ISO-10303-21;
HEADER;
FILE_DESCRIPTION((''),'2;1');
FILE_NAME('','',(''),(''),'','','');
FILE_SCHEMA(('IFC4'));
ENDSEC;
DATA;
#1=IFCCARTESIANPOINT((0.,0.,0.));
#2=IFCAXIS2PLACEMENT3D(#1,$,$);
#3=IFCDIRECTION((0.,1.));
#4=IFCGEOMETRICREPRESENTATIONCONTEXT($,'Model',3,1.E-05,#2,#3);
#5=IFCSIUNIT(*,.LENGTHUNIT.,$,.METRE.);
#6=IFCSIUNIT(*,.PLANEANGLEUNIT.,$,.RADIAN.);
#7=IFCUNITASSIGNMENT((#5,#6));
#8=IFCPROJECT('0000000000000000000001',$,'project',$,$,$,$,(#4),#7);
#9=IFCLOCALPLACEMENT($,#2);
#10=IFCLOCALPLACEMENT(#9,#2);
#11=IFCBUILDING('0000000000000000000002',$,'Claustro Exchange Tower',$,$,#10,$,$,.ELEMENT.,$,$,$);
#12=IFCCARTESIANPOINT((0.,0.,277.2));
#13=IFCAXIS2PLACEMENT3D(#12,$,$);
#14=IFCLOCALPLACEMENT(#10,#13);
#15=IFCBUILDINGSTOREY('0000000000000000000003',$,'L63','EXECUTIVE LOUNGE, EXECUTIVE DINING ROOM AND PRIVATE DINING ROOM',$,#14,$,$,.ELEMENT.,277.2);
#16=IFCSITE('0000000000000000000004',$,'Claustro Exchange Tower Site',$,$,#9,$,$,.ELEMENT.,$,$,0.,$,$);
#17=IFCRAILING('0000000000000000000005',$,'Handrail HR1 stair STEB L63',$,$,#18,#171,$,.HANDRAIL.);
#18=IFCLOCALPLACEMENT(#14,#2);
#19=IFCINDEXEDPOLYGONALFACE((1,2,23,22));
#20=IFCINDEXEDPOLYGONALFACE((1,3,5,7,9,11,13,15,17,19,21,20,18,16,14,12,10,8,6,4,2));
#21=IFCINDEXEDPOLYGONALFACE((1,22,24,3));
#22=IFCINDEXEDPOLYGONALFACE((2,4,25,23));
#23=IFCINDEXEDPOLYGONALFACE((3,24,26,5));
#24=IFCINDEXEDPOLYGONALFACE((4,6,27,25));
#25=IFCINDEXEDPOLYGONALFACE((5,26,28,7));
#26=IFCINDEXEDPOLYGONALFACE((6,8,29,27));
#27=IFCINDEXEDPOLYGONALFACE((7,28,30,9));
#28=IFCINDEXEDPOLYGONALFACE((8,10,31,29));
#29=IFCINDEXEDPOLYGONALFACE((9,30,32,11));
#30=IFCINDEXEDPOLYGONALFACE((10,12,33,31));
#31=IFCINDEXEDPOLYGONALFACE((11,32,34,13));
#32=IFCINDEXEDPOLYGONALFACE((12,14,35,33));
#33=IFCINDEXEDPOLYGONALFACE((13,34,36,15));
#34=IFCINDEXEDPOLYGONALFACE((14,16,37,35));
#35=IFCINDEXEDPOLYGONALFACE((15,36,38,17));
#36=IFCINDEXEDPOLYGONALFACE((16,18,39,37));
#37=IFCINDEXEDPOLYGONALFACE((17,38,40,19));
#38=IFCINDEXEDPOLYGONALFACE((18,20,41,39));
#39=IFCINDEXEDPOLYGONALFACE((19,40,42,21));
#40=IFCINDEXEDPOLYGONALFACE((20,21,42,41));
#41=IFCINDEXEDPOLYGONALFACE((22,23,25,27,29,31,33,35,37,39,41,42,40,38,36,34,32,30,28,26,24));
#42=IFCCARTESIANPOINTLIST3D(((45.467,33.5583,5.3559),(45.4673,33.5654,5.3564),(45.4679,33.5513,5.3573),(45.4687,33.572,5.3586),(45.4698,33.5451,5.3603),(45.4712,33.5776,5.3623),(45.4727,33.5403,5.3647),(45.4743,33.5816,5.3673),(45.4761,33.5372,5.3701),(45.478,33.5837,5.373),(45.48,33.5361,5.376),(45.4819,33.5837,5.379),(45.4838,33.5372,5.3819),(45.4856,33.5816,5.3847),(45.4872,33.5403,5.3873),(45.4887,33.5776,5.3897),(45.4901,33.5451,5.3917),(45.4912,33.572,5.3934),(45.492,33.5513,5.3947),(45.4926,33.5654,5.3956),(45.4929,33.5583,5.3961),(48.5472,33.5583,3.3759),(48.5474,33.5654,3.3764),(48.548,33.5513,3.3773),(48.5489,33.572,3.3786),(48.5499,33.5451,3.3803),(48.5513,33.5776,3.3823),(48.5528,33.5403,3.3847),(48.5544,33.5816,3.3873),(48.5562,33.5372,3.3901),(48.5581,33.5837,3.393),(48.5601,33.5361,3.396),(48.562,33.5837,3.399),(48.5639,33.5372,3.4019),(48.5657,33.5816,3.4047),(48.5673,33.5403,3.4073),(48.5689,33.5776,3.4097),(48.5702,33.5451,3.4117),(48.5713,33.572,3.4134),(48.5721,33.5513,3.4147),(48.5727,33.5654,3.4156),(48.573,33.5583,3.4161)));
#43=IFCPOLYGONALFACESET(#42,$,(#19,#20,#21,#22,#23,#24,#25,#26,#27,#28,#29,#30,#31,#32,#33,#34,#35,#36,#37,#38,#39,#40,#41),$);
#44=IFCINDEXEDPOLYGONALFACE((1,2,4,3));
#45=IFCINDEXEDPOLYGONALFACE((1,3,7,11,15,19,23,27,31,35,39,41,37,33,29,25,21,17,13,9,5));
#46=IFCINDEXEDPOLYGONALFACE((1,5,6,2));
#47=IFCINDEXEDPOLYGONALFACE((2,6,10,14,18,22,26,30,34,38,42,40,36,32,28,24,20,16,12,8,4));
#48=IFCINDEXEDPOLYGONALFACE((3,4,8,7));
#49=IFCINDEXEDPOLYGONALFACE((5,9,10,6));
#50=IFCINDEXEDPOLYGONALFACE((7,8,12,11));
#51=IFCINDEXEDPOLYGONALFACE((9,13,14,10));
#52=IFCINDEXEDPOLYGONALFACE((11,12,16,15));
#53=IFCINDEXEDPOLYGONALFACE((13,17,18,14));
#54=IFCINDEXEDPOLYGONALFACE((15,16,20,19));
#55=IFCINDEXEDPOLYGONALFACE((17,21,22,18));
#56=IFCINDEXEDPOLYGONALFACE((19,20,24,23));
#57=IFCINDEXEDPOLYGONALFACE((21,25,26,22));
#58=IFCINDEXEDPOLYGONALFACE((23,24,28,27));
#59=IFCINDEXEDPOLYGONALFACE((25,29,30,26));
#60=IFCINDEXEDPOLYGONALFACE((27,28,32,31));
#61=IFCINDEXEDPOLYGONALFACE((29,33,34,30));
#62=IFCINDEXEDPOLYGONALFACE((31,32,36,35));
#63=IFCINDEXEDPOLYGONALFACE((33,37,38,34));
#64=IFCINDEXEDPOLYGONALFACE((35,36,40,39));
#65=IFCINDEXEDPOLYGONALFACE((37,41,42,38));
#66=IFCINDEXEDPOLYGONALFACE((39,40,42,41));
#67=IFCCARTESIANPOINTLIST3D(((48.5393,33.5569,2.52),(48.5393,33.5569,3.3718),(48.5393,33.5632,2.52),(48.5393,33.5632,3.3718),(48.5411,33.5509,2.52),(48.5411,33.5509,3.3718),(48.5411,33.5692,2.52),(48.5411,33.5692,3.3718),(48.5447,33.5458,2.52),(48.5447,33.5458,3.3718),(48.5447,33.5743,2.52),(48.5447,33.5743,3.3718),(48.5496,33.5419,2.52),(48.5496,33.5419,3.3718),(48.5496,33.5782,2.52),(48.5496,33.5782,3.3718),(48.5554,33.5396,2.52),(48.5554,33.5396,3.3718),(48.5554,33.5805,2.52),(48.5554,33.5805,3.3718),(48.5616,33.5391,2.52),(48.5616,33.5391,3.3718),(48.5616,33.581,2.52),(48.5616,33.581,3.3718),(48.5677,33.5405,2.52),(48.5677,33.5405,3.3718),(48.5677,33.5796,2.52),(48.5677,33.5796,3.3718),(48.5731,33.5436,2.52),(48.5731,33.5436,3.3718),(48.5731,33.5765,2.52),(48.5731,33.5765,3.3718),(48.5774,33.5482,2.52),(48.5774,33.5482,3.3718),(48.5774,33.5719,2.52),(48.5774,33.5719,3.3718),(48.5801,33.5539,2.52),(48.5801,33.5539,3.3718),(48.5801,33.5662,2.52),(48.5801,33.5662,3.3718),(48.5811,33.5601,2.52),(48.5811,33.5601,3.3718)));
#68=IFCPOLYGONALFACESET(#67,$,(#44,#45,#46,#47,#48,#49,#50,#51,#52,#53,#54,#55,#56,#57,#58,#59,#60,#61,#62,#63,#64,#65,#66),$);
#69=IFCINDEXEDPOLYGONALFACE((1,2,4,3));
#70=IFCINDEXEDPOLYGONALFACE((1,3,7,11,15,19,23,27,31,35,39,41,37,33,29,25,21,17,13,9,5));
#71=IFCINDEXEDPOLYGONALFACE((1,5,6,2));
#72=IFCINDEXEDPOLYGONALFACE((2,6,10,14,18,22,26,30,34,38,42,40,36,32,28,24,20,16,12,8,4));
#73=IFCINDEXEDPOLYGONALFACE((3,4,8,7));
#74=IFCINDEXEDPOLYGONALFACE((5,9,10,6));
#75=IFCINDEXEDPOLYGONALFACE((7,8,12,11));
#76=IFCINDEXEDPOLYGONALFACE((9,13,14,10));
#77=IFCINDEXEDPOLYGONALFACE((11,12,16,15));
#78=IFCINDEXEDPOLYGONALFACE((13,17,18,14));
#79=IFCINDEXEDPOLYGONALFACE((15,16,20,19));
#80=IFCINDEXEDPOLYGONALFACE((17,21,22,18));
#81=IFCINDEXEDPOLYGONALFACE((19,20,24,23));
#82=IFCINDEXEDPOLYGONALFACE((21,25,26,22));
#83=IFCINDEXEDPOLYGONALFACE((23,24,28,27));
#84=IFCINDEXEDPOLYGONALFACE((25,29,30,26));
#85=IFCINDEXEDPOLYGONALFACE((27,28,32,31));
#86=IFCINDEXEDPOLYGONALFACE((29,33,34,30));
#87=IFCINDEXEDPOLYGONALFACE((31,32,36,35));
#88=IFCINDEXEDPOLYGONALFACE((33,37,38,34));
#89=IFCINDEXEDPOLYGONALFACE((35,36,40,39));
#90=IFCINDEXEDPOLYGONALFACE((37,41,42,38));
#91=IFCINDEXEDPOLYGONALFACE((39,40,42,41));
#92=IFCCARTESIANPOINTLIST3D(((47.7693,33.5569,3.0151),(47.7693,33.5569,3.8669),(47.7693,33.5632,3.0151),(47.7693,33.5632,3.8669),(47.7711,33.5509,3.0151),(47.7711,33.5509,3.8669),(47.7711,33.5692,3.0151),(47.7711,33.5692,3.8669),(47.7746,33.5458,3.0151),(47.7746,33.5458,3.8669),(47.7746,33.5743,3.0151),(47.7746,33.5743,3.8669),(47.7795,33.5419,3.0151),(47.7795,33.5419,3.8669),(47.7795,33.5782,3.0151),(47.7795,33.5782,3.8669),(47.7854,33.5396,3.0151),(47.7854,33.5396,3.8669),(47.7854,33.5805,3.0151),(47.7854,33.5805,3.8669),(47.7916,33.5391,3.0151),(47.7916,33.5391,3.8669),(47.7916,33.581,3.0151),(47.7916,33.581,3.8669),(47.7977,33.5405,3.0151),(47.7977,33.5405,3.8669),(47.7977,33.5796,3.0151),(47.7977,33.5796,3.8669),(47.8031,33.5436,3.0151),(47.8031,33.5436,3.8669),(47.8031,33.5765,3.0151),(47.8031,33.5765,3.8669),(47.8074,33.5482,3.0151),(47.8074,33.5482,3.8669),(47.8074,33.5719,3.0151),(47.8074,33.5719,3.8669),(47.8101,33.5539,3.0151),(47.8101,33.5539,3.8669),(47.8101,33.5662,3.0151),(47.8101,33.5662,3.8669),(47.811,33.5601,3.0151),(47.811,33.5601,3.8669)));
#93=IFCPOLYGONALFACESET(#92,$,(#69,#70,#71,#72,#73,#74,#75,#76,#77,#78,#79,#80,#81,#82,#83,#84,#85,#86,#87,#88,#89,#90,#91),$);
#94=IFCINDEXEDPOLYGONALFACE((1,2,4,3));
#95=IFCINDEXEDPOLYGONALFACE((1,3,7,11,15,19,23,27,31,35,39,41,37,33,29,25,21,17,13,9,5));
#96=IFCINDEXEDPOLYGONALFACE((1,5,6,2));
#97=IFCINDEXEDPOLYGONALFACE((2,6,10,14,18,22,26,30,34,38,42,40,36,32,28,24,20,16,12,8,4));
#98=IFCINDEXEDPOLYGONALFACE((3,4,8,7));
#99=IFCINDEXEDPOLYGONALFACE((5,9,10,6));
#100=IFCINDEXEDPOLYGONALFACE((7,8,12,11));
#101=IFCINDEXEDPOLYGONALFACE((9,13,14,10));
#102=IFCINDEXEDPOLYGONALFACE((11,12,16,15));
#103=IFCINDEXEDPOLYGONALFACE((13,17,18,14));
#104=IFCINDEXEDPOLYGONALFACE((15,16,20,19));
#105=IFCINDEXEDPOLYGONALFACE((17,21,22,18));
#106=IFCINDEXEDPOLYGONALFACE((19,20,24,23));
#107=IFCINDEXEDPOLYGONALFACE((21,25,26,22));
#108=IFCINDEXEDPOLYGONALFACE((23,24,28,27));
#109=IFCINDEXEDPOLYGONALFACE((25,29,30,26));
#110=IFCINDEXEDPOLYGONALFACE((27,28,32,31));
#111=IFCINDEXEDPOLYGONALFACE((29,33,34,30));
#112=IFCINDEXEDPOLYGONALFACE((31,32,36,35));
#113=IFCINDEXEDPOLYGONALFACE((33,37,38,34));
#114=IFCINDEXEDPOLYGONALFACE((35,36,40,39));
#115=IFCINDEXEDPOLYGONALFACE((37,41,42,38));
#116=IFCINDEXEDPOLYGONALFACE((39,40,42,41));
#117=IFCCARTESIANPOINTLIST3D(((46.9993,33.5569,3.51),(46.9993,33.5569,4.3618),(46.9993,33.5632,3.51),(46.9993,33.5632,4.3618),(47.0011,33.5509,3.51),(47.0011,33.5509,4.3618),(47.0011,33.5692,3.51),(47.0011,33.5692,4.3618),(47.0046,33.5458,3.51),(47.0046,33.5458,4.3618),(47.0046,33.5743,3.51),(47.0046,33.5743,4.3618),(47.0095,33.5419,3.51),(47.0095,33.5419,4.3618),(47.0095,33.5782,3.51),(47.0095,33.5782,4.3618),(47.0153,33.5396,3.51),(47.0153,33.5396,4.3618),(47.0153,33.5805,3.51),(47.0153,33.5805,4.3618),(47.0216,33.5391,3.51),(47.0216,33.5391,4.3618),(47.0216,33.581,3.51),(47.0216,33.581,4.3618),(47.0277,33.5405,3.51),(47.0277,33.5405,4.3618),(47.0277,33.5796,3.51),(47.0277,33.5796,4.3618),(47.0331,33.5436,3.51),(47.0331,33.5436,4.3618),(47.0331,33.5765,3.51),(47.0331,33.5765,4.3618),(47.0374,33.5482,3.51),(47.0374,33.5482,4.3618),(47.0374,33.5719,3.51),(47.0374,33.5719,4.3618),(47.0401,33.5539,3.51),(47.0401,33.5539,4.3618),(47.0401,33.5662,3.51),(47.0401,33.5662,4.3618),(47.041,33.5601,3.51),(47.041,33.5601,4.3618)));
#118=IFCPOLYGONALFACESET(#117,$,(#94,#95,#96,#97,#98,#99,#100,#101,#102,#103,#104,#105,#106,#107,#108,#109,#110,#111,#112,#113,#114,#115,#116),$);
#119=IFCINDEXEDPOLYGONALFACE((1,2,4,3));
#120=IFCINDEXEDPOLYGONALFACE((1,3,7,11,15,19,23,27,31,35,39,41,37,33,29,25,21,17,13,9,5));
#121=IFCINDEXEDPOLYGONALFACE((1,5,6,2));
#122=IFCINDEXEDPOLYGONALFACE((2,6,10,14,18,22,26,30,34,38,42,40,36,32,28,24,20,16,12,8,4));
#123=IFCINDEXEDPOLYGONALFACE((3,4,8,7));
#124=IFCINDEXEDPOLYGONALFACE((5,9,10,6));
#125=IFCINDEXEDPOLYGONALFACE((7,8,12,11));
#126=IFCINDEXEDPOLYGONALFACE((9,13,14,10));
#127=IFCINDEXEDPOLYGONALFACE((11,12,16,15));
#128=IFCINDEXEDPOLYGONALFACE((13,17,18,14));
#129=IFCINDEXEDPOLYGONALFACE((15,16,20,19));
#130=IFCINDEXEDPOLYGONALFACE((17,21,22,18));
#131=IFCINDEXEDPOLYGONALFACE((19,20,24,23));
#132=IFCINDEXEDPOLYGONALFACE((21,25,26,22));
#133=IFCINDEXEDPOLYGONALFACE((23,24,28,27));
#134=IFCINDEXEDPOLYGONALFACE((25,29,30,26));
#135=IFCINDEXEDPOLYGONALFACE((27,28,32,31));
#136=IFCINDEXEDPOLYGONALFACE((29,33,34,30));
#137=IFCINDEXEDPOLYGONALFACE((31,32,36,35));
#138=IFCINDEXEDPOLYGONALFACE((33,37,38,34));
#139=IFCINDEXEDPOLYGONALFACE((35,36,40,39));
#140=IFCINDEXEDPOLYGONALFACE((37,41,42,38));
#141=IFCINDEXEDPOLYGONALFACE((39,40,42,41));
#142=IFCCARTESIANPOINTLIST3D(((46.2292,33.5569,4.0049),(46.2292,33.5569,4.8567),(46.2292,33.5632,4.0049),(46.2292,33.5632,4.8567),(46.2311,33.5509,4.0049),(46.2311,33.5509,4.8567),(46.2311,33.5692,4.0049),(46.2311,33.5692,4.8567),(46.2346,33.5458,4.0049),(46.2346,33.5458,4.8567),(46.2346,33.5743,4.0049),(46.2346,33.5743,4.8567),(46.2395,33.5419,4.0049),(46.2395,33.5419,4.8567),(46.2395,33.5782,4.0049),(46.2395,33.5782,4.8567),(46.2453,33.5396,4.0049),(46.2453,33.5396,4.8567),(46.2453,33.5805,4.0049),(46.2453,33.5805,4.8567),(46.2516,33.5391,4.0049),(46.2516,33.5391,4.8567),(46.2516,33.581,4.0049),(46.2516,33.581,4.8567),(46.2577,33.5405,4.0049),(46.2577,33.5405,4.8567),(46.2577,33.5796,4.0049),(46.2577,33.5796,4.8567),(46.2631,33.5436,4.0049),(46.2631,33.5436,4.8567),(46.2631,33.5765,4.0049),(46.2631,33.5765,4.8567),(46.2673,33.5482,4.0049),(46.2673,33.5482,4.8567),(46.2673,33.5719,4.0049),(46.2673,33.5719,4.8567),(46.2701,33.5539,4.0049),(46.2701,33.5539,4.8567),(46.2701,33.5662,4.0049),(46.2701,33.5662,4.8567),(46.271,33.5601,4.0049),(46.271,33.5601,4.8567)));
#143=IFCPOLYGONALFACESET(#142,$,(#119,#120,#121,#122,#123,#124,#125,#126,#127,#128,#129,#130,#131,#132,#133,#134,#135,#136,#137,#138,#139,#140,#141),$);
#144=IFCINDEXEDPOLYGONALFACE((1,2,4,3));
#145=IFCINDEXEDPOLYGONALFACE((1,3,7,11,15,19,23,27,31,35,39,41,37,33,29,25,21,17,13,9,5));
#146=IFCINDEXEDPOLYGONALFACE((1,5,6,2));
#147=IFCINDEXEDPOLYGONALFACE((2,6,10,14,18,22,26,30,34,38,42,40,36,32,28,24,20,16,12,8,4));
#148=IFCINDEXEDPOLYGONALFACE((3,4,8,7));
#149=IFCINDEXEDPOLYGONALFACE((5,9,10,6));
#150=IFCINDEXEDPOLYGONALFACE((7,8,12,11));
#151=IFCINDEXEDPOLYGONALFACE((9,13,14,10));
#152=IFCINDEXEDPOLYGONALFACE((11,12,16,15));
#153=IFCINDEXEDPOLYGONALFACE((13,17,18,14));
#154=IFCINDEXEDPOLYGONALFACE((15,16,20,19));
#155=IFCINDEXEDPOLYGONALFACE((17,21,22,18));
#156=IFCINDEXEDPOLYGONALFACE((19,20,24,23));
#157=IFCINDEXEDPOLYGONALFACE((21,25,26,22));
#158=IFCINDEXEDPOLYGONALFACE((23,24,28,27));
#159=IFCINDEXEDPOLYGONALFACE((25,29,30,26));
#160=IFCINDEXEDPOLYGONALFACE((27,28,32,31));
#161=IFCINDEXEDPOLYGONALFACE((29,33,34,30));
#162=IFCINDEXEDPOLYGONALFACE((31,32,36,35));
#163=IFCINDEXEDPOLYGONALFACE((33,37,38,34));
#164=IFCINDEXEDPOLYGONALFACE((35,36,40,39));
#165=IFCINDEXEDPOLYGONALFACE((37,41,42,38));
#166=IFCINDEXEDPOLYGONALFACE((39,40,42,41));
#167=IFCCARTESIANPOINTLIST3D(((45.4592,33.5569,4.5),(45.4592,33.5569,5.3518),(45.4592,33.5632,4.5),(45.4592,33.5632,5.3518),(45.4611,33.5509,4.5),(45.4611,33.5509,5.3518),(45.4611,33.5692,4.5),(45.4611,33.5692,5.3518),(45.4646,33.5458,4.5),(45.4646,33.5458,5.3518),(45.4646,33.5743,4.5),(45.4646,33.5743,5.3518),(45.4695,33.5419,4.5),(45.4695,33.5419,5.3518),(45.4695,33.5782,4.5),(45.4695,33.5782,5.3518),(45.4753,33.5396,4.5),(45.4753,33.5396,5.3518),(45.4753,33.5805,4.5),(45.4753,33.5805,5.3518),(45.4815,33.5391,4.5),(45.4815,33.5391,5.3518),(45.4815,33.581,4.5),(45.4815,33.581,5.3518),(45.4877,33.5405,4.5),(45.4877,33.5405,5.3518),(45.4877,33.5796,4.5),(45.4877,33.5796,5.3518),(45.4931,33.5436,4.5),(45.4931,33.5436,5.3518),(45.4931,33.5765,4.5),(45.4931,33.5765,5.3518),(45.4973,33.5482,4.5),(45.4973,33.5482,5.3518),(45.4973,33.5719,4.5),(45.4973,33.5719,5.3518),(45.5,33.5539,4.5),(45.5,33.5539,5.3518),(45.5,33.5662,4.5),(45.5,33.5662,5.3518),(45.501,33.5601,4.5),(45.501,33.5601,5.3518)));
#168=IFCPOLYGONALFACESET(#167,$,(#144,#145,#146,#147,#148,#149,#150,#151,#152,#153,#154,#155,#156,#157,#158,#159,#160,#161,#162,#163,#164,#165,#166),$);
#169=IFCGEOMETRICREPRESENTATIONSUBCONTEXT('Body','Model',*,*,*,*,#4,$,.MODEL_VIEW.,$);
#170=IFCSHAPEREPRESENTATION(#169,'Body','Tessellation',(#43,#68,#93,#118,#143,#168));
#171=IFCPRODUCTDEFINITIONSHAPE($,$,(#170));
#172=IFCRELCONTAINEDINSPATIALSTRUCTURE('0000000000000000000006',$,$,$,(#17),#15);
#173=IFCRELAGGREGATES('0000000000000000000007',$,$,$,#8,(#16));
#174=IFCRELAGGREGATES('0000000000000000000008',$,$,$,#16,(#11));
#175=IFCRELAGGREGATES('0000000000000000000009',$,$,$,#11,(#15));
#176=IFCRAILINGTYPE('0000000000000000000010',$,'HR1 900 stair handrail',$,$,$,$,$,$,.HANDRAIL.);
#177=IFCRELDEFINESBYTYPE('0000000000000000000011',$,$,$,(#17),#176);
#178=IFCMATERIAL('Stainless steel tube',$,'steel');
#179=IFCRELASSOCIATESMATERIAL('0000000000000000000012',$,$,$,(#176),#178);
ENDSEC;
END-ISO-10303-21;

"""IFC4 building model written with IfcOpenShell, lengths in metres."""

from ifc_helpers import new_model, si_unit, direction, frame, origin, origin_2d, place, context, subcontext, project, spatial, circle, extrude, material, type_object, element, save


model = new_model("IFC4")

# Units and contexts
model_context = context("Model", 3, precision=1e-05, world=origin(), true_north=direction((0.0, 1.0)))
body_context = subcontext(model_context, "Body", "Model", "MODEL_VIEW")
ifc_project = project(units=[si_unit("LENGTHUNIT", "METRE"), si_unit("PLANEANGLEUNIT", "RADIAN")], contexts=[model_context])

# Site, building, storey
site_placement = place(None, origin())
site = spatial("IfcSite", under=ifc_project, at=site_placement, Name="Claustro Exchange Tower Site", CompositionType="ELEMENT", RefElevation=0.0)
building_placement = place(site_placement, origin())
building = spatial("IfcBuilding", under=site, at=building_placement, Name="Claustro Exchange Tower", CompositionType="ELEMENT")
storey_placement = place(building_placement, frame((0.0, 0.0, 277.2)))
storey = spatial("IfcBuildingStorey", under=building, at=storey_placement, Name="L63", Description="EXECUTIVE LOUNGE, EXECUTIVE DINING ROOM AND PRIVATE DINING ROOM", CompositionType="ELEMENT", Elevation=277.2)

# Railing
ifc_material_1 = material(Name="Stainless steel tube", Category="steel")
railing_type_1 = type_object("IfcRailingType", Name="HR1 900 stair handrail", PredefinedType="HANDRAIL", material=ifc_material_1)
railing_1_placement = place(storey_placement, frame((48.5601, 33.5601, 2.52)))
element("IfcRailing", 1, at=railing_1_placement, inside=storey, type_object=railing_type_1, Name="Handrail HR1 stair STEB L63", PredefinedType="HANDRAIL", context=body_context, shape_type="SweptSolid", body=[
    extrude(circle(Radius=0.0239, at=origin_2d()), frame((0.0, 0.0, 0.876), z_axis=(-0.841187, 0.0, 0.540744), x_axis=(0.0, -1.0, 0.0)), (0.0, 0.0, 1.0), 3.6616),
    extrude(circle(Radius=0.021, at=origin_2d()), origin(), (0.0, 0.0, 1.0), 0.8518),
    extrude(circle(Radius=0.021, at=origin_2d()), frame((-0.77, 0.0, 0.4951)), (0.0, 0.0, 1.0), 0.8518),
    extrude(circle(Radius=0.021, at=origin_2d()), frame((-1.54, 0.0, 0.99)), (0.0, 0.0, 1.0), 0.8518),
    extrude(circle(Radius=0.021, at=origin_2d()), frame((-2.3101, 0.0, 1.4849)), (0.0, 0.0, 1.0), 0.8518),
    extrude(circle(Radius=0.021, at=origin_2d()), frame((-3.0801, 0.0, 1.98)), (0.0, 0.0, 1.0), 0.8518),
])

save(model, "model.ifc")
